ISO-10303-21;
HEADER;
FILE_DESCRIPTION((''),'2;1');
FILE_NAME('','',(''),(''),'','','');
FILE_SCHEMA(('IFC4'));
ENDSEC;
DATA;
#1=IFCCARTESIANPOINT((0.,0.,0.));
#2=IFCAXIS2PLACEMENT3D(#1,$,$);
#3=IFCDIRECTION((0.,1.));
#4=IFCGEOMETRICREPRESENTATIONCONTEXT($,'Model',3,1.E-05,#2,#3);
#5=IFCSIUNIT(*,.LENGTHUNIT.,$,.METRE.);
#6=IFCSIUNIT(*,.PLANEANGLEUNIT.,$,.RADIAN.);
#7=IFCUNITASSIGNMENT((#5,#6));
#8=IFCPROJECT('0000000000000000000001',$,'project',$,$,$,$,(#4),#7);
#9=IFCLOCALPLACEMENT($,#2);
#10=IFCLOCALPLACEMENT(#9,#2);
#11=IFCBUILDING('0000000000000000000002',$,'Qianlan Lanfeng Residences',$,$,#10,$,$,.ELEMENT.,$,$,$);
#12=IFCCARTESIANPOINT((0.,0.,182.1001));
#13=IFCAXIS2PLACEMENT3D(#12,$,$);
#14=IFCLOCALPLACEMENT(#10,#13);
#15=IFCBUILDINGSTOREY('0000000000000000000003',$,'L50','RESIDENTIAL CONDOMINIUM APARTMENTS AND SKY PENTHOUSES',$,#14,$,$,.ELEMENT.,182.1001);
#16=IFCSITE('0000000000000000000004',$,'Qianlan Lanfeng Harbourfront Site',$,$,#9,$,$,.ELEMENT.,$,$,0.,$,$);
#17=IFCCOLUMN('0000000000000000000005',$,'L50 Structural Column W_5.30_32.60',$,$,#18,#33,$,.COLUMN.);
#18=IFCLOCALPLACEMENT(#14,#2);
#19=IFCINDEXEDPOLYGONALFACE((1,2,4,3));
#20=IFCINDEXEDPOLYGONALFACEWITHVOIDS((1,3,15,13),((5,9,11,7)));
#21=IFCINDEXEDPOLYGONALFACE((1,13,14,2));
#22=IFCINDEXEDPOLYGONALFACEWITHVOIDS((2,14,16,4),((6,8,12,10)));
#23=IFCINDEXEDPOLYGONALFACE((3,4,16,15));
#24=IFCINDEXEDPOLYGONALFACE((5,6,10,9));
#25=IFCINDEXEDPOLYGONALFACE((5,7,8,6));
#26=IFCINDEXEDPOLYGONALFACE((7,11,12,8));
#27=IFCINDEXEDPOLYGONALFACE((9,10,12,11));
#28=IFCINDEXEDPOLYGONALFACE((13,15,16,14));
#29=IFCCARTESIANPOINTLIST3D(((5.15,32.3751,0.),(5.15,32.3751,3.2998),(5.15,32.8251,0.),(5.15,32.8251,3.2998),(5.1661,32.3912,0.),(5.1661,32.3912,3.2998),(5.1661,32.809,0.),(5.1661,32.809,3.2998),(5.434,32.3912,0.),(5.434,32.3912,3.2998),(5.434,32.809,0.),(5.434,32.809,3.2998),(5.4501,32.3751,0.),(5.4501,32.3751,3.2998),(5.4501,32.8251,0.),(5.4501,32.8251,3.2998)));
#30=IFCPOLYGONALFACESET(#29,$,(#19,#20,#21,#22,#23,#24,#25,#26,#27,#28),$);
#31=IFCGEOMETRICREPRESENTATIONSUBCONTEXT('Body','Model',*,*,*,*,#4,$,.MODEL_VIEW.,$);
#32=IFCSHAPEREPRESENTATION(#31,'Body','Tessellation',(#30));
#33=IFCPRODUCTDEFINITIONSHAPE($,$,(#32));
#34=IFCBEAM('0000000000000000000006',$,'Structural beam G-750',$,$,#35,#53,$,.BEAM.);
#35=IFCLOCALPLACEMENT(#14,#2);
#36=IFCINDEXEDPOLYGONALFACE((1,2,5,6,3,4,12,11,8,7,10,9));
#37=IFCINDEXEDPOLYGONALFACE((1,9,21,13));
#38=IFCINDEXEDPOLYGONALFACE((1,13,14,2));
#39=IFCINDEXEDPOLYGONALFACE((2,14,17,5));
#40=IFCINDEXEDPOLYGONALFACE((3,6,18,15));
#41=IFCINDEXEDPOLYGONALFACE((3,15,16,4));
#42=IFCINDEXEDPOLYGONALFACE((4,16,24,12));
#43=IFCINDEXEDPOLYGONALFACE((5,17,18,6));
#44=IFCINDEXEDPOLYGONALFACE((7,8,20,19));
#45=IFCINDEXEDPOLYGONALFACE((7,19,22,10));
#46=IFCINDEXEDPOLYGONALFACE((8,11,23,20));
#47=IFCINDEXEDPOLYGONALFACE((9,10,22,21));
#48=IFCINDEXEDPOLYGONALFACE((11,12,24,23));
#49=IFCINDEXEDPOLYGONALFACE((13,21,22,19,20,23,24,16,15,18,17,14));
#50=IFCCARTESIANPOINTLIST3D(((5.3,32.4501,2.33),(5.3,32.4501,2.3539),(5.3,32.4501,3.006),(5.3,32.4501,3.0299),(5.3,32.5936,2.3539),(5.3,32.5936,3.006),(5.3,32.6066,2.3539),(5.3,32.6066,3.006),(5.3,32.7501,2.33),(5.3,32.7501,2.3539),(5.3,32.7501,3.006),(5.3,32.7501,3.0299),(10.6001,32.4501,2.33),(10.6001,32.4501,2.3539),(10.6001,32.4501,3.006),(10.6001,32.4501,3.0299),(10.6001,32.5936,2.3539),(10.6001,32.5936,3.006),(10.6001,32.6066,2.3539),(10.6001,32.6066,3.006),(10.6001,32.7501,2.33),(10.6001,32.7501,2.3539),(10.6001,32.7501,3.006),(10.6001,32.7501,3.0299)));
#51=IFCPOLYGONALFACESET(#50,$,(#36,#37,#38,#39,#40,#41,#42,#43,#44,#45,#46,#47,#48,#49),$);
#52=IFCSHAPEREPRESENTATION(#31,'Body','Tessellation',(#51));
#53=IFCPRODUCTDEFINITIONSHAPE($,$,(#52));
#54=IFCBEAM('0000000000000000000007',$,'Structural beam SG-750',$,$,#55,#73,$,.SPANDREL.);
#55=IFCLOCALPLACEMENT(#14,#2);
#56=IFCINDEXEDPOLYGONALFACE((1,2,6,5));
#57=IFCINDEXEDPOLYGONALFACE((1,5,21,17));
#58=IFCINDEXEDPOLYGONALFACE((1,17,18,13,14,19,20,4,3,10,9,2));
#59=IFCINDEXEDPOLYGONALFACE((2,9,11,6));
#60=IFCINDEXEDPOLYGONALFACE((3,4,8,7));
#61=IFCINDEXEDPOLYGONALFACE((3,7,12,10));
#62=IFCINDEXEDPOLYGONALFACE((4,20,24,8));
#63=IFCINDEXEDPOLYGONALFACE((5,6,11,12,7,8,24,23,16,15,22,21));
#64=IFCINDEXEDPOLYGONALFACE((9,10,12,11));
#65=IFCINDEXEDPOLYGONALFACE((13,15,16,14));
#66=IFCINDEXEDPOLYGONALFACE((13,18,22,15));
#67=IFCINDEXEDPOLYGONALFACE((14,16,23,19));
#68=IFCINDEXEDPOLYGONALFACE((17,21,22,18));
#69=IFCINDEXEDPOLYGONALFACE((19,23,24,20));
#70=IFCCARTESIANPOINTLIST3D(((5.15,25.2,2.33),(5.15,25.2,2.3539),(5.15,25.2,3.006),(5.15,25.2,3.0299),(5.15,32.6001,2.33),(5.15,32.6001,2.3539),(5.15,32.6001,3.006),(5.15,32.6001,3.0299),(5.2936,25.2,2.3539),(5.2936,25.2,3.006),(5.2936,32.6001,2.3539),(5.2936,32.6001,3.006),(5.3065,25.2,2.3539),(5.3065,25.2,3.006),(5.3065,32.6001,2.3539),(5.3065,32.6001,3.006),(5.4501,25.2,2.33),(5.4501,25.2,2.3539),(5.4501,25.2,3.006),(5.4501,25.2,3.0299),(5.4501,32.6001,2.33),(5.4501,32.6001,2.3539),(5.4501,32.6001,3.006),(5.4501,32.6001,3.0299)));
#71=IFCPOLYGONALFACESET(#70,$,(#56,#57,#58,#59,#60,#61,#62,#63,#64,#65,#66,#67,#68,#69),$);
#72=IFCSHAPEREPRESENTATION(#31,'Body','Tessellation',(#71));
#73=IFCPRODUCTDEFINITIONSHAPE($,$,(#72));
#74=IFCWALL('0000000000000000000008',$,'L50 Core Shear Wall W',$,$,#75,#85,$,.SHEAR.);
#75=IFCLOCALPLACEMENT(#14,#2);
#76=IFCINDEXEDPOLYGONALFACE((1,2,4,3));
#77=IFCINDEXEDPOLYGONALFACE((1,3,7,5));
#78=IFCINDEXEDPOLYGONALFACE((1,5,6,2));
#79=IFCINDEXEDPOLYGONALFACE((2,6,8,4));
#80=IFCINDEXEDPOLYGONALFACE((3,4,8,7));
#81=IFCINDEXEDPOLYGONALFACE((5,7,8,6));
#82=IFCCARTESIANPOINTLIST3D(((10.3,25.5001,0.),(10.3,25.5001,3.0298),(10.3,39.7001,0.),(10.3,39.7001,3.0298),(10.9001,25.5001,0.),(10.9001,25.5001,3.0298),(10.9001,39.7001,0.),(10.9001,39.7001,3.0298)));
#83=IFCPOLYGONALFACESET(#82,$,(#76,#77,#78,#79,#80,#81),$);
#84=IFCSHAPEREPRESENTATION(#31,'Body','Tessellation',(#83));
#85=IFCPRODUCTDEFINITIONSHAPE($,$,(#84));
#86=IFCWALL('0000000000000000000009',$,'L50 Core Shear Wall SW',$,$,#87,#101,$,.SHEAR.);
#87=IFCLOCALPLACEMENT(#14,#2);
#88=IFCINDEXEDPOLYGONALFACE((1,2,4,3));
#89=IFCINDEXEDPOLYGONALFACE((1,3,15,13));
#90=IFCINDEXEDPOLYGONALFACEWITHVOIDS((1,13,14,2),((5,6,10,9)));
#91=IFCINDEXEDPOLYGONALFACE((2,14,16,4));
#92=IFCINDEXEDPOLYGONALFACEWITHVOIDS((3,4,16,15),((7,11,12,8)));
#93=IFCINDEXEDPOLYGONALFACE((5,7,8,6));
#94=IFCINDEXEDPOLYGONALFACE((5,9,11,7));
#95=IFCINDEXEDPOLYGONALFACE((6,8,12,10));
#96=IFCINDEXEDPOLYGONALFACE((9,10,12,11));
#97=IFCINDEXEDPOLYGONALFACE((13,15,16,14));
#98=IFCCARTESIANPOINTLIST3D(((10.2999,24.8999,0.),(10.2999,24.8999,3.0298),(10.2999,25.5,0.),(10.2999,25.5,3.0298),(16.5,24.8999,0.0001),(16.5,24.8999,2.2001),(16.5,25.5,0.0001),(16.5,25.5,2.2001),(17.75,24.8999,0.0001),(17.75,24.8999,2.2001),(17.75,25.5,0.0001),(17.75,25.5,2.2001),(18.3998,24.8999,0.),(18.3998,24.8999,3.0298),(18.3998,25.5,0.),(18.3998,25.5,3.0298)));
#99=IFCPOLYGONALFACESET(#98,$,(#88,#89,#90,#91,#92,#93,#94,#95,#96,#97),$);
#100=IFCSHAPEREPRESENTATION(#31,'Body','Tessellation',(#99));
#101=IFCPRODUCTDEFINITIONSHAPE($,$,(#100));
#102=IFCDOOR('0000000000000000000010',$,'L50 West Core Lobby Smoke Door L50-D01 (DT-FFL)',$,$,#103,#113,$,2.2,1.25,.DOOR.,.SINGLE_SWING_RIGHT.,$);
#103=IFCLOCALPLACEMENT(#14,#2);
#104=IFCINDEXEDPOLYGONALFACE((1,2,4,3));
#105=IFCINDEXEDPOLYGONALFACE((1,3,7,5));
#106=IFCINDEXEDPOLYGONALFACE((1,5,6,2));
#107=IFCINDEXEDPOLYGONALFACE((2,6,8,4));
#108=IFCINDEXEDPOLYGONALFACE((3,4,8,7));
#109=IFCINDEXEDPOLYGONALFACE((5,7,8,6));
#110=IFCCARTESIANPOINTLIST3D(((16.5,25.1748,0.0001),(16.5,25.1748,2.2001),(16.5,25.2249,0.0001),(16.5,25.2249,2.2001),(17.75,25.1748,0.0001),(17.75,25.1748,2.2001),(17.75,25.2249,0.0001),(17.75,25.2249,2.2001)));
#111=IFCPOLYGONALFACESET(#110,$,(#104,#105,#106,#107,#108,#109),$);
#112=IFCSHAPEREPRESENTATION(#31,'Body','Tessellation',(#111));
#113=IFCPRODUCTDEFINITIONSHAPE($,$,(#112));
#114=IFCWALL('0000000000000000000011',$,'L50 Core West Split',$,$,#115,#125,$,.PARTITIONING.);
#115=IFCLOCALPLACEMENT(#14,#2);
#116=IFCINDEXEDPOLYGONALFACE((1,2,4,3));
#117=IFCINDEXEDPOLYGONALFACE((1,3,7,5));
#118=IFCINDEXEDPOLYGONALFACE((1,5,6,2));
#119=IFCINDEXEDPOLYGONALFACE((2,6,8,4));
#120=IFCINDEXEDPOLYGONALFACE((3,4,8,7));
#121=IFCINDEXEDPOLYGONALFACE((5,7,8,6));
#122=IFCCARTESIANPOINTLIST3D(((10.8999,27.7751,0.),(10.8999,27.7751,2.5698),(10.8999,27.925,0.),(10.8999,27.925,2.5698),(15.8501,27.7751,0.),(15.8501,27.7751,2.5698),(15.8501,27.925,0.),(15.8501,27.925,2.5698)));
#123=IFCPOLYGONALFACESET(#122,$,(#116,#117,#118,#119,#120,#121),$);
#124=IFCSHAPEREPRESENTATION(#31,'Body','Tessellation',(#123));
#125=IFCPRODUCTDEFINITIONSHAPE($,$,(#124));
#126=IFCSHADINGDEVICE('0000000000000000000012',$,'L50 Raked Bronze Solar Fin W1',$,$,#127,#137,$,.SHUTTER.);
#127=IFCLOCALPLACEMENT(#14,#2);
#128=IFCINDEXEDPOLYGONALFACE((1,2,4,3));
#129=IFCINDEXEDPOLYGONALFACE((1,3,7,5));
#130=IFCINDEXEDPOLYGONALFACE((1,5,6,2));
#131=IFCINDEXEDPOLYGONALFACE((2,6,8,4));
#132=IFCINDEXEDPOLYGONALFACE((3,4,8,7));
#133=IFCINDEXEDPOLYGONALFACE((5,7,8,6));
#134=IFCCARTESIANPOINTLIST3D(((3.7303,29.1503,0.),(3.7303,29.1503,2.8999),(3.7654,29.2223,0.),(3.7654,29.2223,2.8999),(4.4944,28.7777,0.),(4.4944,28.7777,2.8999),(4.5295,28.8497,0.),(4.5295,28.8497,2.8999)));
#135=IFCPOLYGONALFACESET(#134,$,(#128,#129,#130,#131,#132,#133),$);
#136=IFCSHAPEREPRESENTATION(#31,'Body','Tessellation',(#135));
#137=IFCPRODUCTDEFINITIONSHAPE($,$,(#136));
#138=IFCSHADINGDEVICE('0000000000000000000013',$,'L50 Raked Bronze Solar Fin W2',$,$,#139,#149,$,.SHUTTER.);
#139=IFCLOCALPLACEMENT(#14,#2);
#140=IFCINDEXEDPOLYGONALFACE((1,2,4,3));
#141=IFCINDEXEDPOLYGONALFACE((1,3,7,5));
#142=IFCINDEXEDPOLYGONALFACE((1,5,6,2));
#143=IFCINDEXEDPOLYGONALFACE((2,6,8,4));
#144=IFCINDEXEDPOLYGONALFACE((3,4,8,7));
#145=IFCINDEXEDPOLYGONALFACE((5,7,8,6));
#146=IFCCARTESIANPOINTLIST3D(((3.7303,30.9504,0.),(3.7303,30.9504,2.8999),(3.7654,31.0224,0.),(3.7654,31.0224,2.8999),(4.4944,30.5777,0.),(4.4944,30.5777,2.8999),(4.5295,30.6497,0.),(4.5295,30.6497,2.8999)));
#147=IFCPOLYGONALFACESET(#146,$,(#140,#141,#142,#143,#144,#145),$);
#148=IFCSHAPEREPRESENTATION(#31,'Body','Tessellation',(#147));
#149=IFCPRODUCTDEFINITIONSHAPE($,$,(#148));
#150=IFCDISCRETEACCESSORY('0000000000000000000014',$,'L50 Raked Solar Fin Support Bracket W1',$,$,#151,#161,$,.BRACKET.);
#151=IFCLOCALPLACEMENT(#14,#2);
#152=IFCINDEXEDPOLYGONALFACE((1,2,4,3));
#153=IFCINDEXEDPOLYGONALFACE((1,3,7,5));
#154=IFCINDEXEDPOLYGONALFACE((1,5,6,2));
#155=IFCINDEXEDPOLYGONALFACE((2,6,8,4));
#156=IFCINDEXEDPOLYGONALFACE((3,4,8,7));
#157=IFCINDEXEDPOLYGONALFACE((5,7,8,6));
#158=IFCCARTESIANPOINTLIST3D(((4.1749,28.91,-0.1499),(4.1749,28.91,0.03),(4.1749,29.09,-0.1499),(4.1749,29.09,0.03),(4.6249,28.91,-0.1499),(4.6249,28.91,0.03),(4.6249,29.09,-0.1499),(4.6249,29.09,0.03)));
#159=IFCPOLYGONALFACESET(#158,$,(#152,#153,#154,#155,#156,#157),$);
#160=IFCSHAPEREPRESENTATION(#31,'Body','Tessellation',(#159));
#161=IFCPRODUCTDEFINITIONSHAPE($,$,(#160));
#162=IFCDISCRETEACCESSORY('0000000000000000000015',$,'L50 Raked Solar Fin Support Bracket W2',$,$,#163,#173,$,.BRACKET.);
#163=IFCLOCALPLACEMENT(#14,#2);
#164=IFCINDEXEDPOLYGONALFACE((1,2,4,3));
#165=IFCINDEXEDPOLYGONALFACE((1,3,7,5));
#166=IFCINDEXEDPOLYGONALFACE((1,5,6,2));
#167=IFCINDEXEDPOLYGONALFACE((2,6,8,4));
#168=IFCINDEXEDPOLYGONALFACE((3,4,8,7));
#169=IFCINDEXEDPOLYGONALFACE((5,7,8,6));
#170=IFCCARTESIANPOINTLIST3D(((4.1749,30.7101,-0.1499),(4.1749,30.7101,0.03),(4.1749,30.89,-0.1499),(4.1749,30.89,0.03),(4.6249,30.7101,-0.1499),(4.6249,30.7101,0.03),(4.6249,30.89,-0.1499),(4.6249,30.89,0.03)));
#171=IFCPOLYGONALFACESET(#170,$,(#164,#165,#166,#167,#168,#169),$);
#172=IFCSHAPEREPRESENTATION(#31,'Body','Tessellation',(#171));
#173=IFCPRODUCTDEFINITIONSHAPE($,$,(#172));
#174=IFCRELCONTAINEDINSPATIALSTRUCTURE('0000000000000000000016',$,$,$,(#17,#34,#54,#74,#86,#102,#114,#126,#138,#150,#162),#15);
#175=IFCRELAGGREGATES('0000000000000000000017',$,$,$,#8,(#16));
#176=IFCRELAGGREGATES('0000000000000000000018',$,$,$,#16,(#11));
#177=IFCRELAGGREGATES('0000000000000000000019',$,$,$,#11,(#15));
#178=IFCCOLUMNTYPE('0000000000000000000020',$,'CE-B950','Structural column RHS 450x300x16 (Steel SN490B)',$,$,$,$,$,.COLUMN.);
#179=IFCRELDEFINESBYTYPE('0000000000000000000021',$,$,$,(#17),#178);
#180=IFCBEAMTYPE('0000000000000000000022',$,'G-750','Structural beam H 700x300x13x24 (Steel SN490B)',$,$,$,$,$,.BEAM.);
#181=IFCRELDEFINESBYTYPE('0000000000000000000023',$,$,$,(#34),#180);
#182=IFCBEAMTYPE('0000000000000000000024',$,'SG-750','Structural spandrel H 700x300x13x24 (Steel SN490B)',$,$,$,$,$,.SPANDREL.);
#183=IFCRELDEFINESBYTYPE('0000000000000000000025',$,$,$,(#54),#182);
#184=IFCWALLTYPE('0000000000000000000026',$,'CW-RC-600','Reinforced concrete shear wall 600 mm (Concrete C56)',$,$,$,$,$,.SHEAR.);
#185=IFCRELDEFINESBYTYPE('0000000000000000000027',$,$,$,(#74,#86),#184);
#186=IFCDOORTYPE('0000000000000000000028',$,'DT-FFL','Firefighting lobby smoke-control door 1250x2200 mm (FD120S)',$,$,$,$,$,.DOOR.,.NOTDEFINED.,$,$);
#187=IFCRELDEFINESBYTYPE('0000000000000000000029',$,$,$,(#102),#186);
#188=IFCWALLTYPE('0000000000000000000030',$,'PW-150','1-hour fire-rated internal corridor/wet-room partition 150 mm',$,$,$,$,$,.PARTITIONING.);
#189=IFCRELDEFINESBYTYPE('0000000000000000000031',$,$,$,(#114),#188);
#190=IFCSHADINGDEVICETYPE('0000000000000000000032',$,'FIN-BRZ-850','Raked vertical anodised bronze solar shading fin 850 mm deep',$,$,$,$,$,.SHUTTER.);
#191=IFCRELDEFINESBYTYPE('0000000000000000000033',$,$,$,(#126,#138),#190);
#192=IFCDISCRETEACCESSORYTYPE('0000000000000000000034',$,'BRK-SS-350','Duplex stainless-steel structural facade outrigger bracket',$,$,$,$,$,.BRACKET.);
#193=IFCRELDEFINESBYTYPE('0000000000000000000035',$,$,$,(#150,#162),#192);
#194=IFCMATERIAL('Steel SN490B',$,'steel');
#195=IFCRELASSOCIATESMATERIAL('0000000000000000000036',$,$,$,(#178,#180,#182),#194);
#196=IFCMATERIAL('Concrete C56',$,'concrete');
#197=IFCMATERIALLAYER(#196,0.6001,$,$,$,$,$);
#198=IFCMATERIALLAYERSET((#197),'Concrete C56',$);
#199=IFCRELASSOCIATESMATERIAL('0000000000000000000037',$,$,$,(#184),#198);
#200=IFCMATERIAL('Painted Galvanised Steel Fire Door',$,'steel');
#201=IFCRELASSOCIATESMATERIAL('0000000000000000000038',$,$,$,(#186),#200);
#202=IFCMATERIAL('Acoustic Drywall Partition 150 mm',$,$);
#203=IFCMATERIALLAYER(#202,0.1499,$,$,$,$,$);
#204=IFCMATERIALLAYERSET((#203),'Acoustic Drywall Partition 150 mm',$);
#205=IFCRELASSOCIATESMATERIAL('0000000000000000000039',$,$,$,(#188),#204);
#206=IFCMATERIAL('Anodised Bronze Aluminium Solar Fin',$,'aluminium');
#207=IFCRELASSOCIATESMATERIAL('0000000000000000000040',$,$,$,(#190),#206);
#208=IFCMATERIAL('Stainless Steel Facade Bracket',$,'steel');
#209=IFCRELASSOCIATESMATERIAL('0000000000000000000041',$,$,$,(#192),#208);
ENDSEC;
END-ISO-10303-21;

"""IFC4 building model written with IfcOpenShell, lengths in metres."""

from ifc_helpers import new_model, si_unit, direction, frame, frame_2d, origin, origin_2d, place, context, subcontext, project, spatial, rectangle, hollow_rectangle, i_section, extrude, source, transform, mapped, material, layer, layer_set, material_profile, profile_set, type_object, element, fill, save


model = new_model("IFC4")

# Units and contexts
model_context = context("Model", 3, precision=1e-05, world=origin(), true_north=direction((0.0, 1.0)))
body_context = subcontext(model_context, "Body", "Model", "MODEL_VIEW")
ifc_project = project(units=[si_unit("LENGTHUNIT", "METRE"), si_unit("PLANEANGLEUNIT", "RADIAN")], contexts=[model_context])

# Site, building, storey
site_placement = place(None, origin())
site = spatial("IfcSite", under=ifc_project, at=site_placement, Name="Qianlan Lanfeng Harbourfront Site", CompositionType="ELEMENT", RefElevation=0.0)
building_placement = place(site_placement, origin())
building = spatial("IfcBuilding", under=site, at=building_placement, Name="Qianlan Lanfeng Residences", CompositionType="ELEMENT")
storey_placement = place(building_placement, frame((0.0, 0.0, 182.1001)))
storey = spatial("IfcBuildingStorey", under=building, at=storey_placement, Name="L50", Description="RESIDENTIAL CONDOMINIUM APARTMENTS AND SKY PENTHOUSES", CompositionType="ELEMENT", Elevation=182.1001)

# Column
ifc_material_1 = material(Name="Steel SN490B", Category="steel")
ifc_material_profile_1 = material_profile(ifc_material_1, hollow_rectangle(XDim=0.3, YDim=0.45, WallThickness=0.0161, at=origin_2d()), Name="RHS 450x300x16")
ifc_profile_set_1 = profile_set([ifc_material_profile_1], Name="Steel SN490B")
column_type = type_object("IfcColumnType", Name="CE-B950", Description="Structural column RHS 450x300x16 (Steel SN490B)", PredefinedType="COLUMN", material=ifc_profile_set_1)
column_placement = place(storey_placement, frame((5.3, 32.6001, 0.0), z_axis=(0.0, 0.0, 1.0), x_axis=(1.0, 0.0, 0.0)))
element("IfcColumn", 1, at=column_placement, inside=storey, type_object=column_type, Name="L50 Structural Column W_5.30_32.60", PredefinedType="COLUMN", context=body_context, shape_type="SweptSolid", body=[
    extrude(hollow_rectangle(XDim=0.3, YDim=0.45, WallThickness=0.0161, at=origin_2d()), origin(), (0.0, 0.0, 1.0), 3.2998),
])

# Beams
ifc_material_profile_2 = material_profile(ifc_material_1, i_section(OverallWidth=0.3, OverallDepth=0.7, WebThickness=0.0129, FlangeThickness=0.0239, at=origin_2d()), Name="H 700x300x13x24")
ifc_profile_set_2 = profile_set([ifc_material_profile_2], Name="Steel SN490B")
beam_type_1 = type_object("IfcBeamType", Name="G-750", Description="Structural beam H 700x300x13x24 (Steel SN490B)", PredefinedType="BEAM", material=ifc_profile_set_2)
beam_1_placement = place(storey_placement, frame((5.3, 32.6001, 2.6799), z_axis=(1.0, 0.0, 0.0), x_axis=(0.0, 1.0, 0.0)))
element("IfcBeam", 2, at=beam_1_placement, inside=storey, type_object=beam_type_1, Name="Structural beam G-750", PredefinedType="BEAM", context=body_context, shape_type="SweptSolid", body=[
    extrude(i_section(OverallWidth=0.3, OverallDepth=0.7, WebThickness=0.0129, FlangeThickness=0.0239, at=origin_2d()), origin(), (0.0, 0.0, 1.0), 5.3),
])
ifc_material_profile_3 = material_profile(ifc_material_1, i_section(OverallWidth=0.3, OverallDepth=0.7, WebThickness=0.0129, FlangeThickness=0.0239, at=origin_2d()), Name="H 700x300x13x24")
ifc_profile_set_3 = profile_set([ifc_material_profile_3], Name="Steel SN490B")
beam_type_2 = type_object("IfcBeamType", Name="SG-750", Description="Structural spandrel H 700x300x13x24 (Steel SN490B)", PredefinedType="SPANDREL", material=ifc_profile_set_3)
beam_2_placement = place(storey_placement, frame((5.3, 25.2, 2.6799), z_axis=(0.0, 1.0, 0.0), x_axis=(-1.0, 0.0, 0.0)))
element("IfcBeam", 3, at=beam_2_placement, inside=storey, type_object=beam_type_2, Name="Structural beam SG-750", PredefinedType="SPANDREL", context=body_context, shape_type="SweptSolid", body=[
    extrude(i_section(OverallWidth=0.3, OverallDepth=0.7, WebThickness=0.0129, FlangeThickness=0.0239, at=origin_2d()), origin(), (0.0, 0.0, 1.0), 7.4001),
])

# Wall
ifc_material_2 = material(Name="Concrete C56", Category="concrete")
ifc_layer_1 = layer(ifc_material_2, 0.6001)
ifc_layer_set_1 = layer_set([ifc_layer_1], Name="Concrete C56")
wall_type_1 = type_object("IfcWallType", Name="CW-RC-600", Description="Reinforced concrete shear wall 600 mm (Concrete C56)", PredefinedType="SHEAR", material=ifc_layer_set_1)
wall_1_placement = place(storey_placement, frame((10.6001, 25.5, 0.0), z_axis=(0.0, 0.0, 1.0), x_axis=(0.0, 1.0, 0.0)))
element("IfcWall", 4, at=wall_1_placement, inside=storey, type_object=wall_type_1, Name="L50 Core Shear Wall W", PredefinedType="SHEAR", context=body_context, shape_type="SweptSolid", body=[
    extrude(rectangle(XDim=14.2, YDim=0.6001, at=frame_2d((7.1001, 0.0))), origin(), (0.0, 0.0, 1.0), 3.0298),
])

# Wall, opening, door
wall_2_placement = place(storey_placement, frame((10.3, 25.2, 0.0), z_axis=(0.0, 0.0, 1.0), x_axis=(1.0, 0.0, 0.0)))
wall_2 = element("IfcWall", 5, at=wall_2_placement, inside=storey, type_object=wall_type_1, Name="L50 Core Shear Wall SW", PredefinedType="SHEAR", context=body_context, shape_type="SweptSolid", body=[
    extrude(rectangle(XDim=8.0999, YDim=0.6001, at=frame_2d((4.0498, 0.0))), origin(), (0.0, 0.0, 1.0), 3.0298),
])
opening_placement = place(wall_2_placement, frame((6.2, 0.0, 0.0)))
opening = element("IfcOpeningElement", 6, at=opening_placement, cuts=wall_2, PredefinedType="OPENING", context=body_context, shape_type="SweptSolid", body=[
    extrude(rectangle(XDim=1.25, YDim=2.2, at=frame_2d((0.625, 1.1001))), frame((0.0, 0.3101, 0.0), z_axis=(0.0, -1.0, 0.0), x_axis=(1.0, 0.0, 0.0)), (0.0, 0.0, 1.0), 0.6201),
])
ifc_material_3 = material(Name="Painted Galvanised Steel Fire Door", Category="steel")
door_type = type_object("IfcDoorType", Name="DT-FFL", Description="Firefighting lobby smoke-control door 1250x2200 mm (FD120S)", OperationType="NOTDEFINED", PredefinedType="DOOR", material=ifc_material_3)
door_placement = place(opening_placement, origin())
door = element("IfcDoor", 7, at=door_placement, inside=storey, type_object=door_type, Name="L50 West Core Lobby Smoke Door L50-D01 (DT-FFL)", OperationType="SINGLE_SWING_RIGHT", OverallHeight=2.2, OverallWidth=1.25, PredefinedType="DOOR", context=body_context, shape_type="SweptSolid", body=[
    extrude(rectangle(XDim=1.25, YDim=2.2, at=frame_2d((0.625, 1.1001))), frame((0.0, 0.0249, 0.0), z_axis=(0.0, -1.0, 0.0), x_axis=(1.0, 0.0, 0.0)), (0.0, 0.0, 1.0), 0.05),
])
fill(opening, door)

# Wall
ifc_material_4 = material(Name="Acoustic Drywall Partition 150 mm")
ifc_layer_2 = layer(ifc_material_4, 0.1499)
ifc_layer_set_2 = layer_set([ifc_layer_2], Name="Acoustic Drywall Partition 150 mm")
wall_type_2 = type_object("IfcWallType", Name="PW-150", Description="1-hour fire-rated internal corridor/wet-room partition 150 mm", PredefinedType="PARTITIONING", material=ifc_layer_set_2)
wall_3_placement = place(storey_placement, frame((10.8999, 27.8501, 0.0), z_axis=(0.0, 0.0, 1.0), x_axis=(1.0, 0.0, 0.0)))
element("IfcWall", 8, at=wall_3_placement, inside=storey, type_object=wall_type_2, Name="L50 Core West Split", PredefinedType="PARTITIONING", context=body_context, shape_type="SweptSolid", body=[
    extrude(rectangle(XDim=4.9502, YDim=0.1499, at=frame_2d((2.4751, 0.0))), origin(), (0.0, 0.0, 1.0), 2.5698),
])

# Shading devices
ifc_material_5 = material(Name="Anodised Bronze Aluminium Solar Fin", Category="aluminium")
shading_device_type = type_object("IfcShadingDeviceType", Name="FIN-BRZ-850", Description="Raked vertical anodised bronze solar shading fin 850 mm deep", PredefinedType="SHUTTER", material=ifc_material_5)
shared_shape_1 = source(origin(), body_context, "Body", "SweptSolid", [
    extrude(rectangle(XDim=0.8501, YDim=0.0801, at=origin_2d()), origin(), (0.0, 0.0, 1.0), 2.8999),
])
for number, where, z_axis, x_axis, name in (
    (9, (4.1299, 29.0, 0.0), (0.0, 0.0, 1.0), (0.898794, -0.438371, 0.0), "L50 Raked Bronze Solar Fin W1"),
    (10, (4.1299, 30.8, 0.0), (0.0, 0.0, 1.0), (0.898794, -0.438371, 0.0), "L50 Raked Bronze Solar Fin W2"),
):
    element("IfcShadingDevice", number, at=place(storey_placement, frame(where, z_axis=z_axis, x_axis=x_axis)), inside=storey, type_object=shading_device_type, Name=name, PredefinedType="SHUTTER", context=body_context, shape_type="MappedRepresentation", body=[
        mapped(shared_shape_1, transform((0.0, 0.0, 0.0), scale=1.0)),
    ])

# Discrete accessories
ifc_material_6 = material(Name="Stainless Steel Facade Bracket", Category="steel")
discrete_accessory_type = type_object("IfcDiscreteAccessoryType", Name="BRK-SS-350", Description="Duplex stainless-steel structural facade outrigger bracket", PredefinedType="BRACKET", material=ifc_material_6)
shared_shape_2 = source(origin(), body_context, "Body", "SweptSolid", [
    extrude(rectangle(XDim=0.45, YDim=0.1799, at=origin_2d()), origin(), (0.0, 0.0, 1.0), 0.1799),
])
for number, where, z_axis, x_axis, name in (
    (11, (4.3999, 29.0, -0.1499), (0.0, 0.0, 1.0), (1.0, 0.0, 0.0), "L50 Raked Solar Fin Support Bracket W1"),
    (12, (4.3999, 30.8, -0.1499), (0.0, 0.0, 1.0), (1.0, 0.0, 0.0), "L50 Raked Solar Fin Support Bracket W2"),
):
    element("IfcDiscreteAccessory", number, at=place(storey_placement, frame(where, z_axis=z_axis, x_axis=x_axis)), inside=storey, type_object=discrete_accessory_type, Name=name, PredefinedType="BRACKET", context=body_context, shape_type="MappedRepresentation", body=[
        mapped(shared_shape_2, transform((0.0, 0.0, 0.0), scale=1.0)),
    ])

save(model, "model.ifc")
